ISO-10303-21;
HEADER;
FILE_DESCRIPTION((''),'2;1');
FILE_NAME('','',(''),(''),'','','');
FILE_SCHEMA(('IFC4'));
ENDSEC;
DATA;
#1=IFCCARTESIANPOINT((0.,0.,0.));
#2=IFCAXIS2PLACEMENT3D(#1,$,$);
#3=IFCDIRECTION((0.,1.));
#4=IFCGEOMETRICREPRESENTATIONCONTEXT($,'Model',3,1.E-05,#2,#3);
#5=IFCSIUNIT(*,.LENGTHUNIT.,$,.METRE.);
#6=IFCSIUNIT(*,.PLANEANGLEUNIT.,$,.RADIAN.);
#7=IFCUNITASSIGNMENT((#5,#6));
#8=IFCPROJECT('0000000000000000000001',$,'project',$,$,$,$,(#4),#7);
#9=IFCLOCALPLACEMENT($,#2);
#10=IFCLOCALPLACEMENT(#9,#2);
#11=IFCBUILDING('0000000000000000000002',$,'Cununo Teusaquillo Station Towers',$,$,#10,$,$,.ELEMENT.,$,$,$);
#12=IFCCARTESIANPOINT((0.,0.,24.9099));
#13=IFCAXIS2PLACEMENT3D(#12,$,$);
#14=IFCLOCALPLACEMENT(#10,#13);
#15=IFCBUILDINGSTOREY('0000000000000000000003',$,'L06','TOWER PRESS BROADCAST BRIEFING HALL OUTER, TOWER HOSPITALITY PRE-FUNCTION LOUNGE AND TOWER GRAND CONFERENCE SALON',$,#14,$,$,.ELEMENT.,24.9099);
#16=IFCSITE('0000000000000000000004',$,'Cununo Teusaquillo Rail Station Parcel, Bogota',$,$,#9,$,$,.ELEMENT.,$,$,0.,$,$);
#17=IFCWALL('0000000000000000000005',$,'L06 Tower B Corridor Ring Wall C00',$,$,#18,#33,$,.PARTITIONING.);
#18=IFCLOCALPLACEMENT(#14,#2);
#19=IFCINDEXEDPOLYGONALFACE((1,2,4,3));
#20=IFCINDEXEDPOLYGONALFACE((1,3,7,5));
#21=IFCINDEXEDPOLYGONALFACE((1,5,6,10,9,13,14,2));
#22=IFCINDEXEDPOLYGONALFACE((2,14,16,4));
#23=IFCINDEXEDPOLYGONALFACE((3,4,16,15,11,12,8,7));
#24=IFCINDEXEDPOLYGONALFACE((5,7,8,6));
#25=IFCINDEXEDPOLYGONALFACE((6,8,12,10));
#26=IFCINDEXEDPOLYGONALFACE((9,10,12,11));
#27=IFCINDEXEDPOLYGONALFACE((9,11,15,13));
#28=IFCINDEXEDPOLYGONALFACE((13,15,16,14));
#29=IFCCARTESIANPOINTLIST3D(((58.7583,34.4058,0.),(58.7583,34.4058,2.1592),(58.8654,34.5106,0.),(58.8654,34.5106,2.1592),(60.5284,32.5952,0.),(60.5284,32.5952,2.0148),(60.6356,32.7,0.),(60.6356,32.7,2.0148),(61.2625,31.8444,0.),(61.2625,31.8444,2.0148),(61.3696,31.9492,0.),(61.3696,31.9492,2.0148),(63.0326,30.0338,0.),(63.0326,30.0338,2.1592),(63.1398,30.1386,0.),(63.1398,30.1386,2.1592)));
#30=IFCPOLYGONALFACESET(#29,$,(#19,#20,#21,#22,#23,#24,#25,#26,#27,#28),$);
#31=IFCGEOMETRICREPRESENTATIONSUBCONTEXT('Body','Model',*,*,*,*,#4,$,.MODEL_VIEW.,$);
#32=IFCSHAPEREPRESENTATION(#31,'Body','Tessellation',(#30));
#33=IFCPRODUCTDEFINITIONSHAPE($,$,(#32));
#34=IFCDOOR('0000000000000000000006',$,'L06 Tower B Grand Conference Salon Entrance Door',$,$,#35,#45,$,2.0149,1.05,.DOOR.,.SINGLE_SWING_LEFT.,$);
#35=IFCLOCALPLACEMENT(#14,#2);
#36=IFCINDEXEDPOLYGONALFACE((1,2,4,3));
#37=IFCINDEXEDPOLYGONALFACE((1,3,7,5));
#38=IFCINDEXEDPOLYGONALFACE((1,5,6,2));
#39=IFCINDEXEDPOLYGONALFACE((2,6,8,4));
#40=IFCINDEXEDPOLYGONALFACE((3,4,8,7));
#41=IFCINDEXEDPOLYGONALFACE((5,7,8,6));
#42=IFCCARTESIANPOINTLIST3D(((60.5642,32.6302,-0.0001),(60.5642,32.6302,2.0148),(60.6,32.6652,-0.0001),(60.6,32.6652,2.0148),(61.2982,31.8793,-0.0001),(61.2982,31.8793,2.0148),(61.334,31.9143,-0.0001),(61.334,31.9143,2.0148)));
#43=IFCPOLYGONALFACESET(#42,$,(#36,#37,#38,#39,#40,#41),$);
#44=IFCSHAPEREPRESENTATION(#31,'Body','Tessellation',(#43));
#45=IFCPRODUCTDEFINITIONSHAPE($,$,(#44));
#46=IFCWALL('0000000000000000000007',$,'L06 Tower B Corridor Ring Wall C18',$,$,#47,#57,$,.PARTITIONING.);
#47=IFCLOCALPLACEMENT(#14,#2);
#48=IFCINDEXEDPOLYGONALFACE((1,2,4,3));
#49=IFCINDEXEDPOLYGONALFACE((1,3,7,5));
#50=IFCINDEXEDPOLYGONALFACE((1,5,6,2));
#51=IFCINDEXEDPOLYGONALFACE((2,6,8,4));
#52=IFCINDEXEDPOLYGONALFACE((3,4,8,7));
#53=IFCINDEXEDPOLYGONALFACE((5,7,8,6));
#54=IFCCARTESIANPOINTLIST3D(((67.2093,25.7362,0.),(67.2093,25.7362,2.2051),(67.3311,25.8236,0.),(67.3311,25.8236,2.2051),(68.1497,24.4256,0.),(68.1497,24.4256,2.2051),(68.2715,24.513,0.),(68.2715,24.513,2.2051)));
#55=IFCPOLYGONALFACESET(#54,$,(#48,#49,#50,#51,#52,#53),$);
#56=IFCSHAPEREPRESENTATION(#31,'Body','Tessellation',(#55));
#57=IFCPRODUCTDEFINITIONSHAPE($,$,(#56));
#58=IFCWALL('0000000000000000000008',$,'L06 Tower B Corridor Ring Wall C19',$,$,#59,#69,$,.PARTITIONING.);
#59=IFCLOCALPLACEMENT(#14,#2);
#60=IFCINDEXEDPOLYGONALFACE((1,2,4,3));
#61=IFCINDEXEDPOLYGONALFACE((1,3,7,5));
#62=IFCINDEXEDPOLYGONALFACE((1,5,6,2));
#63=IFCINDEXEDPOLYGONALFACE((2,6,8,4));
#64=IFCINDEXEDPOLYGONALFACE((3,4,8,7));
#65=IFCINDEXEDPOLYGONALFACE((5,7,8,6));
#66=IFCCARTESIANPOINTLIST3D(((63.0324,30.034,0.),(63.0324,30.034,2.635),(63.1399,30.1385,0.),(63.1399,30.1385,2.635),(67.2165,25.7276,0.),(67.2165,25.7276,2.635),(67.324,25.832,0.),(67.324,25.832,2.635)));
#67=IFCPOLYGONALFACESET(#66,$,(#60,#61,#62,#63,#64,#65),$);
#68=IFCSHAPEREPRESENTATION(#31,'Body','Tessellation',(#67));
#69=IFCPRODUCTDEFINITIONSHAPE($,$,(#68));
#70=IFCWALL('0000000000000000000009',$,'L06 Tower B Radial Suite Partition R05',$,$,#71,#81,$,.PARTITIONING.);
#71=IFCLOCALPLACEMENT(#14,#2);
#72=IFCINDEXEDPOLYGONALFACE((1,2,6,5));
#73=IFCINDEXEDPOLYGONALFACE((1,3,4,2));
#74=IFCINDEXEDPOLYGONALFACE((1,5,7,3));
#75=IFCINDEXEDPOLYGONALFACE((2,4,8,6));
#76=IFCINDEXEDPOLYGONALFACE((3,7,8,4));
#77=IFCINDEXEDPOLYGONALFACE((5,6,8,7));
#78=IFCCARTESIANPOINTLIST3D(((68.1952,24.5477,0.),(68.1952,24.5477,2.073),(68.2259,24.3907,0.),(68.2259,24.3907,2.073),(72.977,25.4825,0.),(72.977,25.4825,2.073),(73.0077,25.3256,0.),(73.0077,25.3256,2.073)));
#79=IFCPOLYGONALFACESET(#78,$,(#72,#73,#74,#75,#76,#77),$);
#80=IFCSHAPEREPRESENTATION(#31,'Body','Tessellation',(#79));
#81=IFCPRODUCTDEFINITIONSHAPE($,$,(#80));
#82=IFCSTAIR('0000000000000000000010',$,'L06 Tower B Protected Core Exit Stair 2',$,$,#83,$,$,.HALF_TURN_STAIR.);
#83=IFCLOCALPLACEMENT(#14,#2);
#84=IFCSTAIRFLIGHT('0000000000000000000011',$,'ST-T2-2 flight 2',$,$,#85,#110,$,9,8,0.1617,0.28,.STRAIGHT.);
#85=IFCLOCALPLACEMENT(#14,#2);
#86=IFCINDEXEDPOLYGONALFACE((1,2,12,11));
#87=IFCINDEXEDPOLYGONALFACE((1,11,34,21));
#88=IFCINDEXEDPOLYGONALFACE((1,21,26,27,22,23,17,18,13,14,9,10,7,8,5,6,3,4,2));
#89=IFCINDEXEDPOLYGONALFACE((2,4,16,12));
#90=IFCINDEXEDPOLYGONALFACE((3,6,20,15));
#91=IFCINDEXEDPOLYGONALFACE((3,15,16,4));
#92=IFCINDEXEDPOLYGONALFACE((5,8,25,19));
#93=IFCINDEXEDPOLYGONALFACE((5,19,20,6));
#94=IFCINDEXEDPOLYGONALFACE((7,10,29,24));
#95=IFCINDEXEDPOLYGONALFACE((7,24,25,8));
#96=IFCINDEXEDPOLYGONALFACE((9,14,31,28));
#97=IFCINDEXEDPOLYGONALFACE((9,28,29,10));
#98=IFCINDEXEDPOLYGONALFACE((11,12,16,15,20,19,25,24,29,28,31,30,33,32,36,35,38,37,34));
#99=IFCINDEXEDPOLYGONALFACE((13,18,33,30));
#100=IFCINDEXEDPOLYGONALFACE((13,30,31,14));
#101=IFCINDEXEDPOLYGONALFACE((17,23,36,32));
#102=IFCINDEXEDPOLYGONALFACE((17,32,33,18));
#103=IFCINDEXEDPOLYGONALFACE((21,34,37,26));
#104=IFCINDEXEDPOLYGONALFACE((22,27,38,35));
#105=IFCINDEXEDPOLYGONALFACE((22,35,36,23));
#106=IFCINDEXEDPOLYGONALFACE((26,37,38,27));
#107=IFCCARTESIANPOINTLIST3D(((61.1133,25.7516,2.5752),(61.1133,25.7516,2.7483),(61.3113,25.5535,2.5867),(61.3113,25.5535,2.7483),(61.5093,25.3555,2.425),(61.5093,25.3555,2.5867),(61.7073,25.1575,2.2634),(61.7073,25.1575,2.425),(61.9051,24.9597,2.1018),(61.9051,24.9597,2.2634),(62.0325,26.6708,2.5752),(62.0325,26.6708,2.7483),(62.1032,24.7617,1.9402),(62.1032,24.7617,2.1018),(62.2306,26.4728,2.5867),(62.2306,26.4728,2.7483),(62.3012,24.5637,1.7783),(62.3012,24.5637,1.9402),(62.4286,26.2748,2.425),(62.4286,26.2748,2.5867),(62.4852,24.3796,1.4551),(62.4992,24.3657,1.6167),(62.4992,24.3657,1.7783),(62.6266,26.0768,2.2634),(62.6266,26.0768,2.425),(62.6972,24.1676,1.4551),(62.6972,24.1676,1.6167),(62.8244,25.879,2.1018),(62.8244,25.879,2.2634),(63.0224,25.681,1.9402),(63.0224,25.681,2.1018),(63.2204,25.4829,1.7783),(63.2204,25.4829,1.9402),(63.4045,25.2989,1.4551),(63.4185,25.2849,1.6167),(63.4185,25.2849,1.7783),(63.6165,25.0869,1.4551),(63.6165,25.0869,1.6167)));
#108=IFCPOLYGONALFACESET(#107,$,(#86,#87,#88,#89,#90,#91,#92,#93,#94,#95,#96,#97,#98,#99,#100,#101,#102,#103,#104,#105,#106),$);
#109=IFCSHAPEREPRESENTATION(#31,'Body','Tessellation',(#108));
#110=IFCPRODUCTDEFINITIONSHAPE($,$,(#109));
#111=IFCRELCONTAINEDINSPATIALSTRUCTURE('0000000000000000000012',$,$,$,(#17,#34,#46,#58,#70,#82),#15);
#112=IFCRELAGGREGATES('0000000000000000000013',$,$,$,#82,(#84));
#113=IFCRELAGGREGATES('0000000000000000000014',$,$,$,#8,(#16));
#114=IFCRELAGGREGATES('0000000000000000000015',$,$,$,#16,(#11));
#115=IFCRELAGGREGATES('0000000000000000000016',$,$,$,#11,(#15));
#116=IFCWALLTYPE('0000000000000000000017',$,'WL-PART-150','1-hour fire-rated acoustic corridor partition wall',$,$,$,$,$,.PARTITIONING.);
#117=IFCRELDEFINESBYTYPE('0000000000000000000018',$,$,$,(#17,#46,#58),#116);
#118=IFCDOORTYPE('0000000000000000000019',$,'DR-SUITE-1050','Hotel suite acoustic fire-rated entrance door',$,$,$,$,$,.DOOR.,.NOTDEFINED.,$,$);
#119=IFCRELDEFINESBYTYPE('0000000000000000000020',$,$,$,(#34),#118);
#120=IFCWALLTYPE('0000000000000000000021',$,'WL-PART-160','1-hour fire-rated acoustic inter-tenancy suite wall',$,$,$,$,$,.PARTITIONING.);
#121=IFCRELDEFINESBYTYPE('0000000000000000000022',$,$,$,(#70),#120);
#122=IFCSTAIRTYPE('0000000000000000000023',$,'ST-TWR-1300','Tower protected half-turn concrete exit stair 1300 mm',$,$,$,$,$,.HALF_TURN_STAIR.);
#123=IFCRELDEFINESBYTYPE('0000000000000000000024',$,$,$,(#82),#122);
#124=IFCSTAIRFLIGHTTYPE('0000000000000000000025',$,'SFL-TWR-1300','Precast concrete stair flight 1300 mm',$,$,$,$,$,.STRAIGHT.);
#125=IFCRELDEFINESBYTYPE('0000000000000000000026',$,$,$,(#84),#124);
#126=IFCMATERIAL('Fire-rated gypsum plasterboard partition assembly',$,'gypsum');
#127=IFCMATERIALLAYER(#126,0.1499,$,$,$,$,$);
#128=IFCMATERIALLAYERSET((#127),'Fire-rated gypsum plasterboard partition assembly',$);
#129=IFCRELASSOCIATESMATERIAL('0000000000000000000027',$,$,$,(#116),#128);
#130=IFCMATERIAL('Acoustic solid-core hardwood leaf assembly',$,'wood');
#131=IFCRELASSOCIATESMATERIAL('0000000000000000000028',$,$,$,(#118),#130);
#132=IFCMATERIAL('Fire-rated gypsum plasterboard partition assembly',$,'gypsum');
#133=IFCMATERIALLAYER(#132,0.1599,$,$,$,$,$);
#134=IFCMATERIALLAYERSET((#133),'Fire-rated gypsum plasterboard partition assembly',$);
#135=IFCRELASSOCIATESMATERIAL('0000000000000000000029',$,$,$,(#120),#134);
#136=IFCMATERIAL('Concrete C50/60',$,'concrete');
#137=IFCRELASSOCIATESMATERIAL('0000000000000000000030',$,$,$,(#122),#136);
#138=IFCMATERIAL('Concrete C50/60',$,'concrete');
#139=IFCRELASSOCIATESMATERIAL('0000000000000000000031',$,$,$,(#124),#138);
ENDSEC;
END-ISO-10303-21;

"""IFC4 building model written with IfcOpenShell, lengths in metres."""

from ifc_helpers import new_model, si_unit, direction, frame, frame_2d, origin, place, context, subcontext, project, spatial, polyline, rectangle, outline, extrude, source, transform, mapped, material, layer, layer_set, type_object, element, fill, aggregate, save


model = new_model("IFC4")

# Units and contexts
model_context = context("Model", 3, precision=1e-05, world=origin(), true_north=direction((0.0, 1.0)))
body_context = subcontext(model_context, "Body", "Model", "MODEL_VIEW")
ifc_project = project(units=[si_unit("LENGTHUNIT", "METRE"), si_unit("PLANEANGLEUNIT", "RADIAN")], contexts=[model_context])

# Site, building, storey
site_placement = place(None, origin())
site = spatial("IfcSite", under=ifc_project, at=site_placement, Name="Cununo Teusaquillo Rail Station Parcel, Bogota", CompositionType="ELEMENT", RefElevation=0.0)
building_placement = place(site_placement, origin())
building = spatial("IfcBuilding", under=site, at=building_placement, Name="Cununo Teusaquillo Station Towers", CompositionType="ELEMENT")
storey_placement = place(building_placement, frame((0.0, 0.0, 24.9099)))
storey = spatial("IfcBuildingStorey", under=building, at=storey_placement, Name="L06", Description="TOWER PRESS BROADCAST BRIEFING HALL OUTER, TOWER HOSPITALITY PRE-FUNCTION LOUNGE AND TOWER GRAND CONFERENCE SALON", CompositionType="ELEMENT", Elevation=24.9099)

# Wall, opening, door
ifc_material_1 = material(Name="Fire-rated gypsum plasterboard partition assembly", Category="gypsum")
ifc_layer_1 = layer(ifc_material_1, 0.1499)
ifc_layer_set_1 = layer_set([ifc_layer_1], Name="Fire-rated gypsum plasterboard partition assembly")
wall_type_1 = type_object("IfcWallType", Name="WL-PART-150", Description="1-hour fire-rated acoustic corridor partition wall", PredefinedType="PARTITIONING", material=ifc_layer_set_1)
wall_1_placement = place(storey_placement, frame((63.0862, 30.0862, 0.0), z_axis=(0.0, 0.0, 1.0), x_axis=(-0.699076, 0.715047, 0.0)))
wall_1 = element("IfcWall", 1, at=wall_1_placement, inside=storey, type_object=wall_type_1, Name="L06 Tower B Corridor Ring Wall C00", PredefinedType="PARTITIONING", context=body_context, shape_type="SweptSolid", body=[
    extrude(rectangle(XDim=6.1143, YDim=0.1499, at=frame_2d((3.0571, 0.0))), origin(), (0.0, 0.0, 1.0), 2.1592),
])
shared_shape_1 = source(origin(), body_context, "Body", "SweptSolid", [
    extrude(rectangle(XDim=1.05, YDim=2.0149, at=frame_2d((0.5249, 1.0073))), frame((0.0, 0.085, 0.0), z_axis=(0.0, -1.0, 0.0), x_axis=(1.0, 0.0, 0.0)), (0.0, 0.0, 1.0), 0.1699),
])
opening_1_placement = place(wall_1_placement, frame((2.5322, 0.0, 0.0)))
opening_1 = element("IfcOpeningElement", 2, at=opening_1_placement, cuts=wall_1, PredefinedType="OPENING", context=body_context, shape_type="MappedRepresentation", body=[
    mapped(shared_shape_1, transform((0.0, 0.0, 0.0), x_axis=(1.0, 0.0, 0.0), y_axis=(0.0, 1.0, 0.0), z_axis=(0.0, 0.0, 1.0), scale=1.0)),
])
ifc_material_2 = material(Name="Acoustic solid-core hardwood leaf assembly", Category="wood")
door_type_1 = type_object("IfcDoorType", Name="DR-SUITE-1050", Description="Hotel suite acoustic fire-rated entrance door", OperationType="NOTDEFINED", PredefinedType="DOOR", material=ifc_material_2)
shared_shape_2 = source(origin(), body_context, "Body", "SweptSolid", [
    extrude(rectangle(XDim=1.05, YDim=2.0149, at=frame_2d((0.5249, 1.0073))), frame((0.0, 0.0249, 0.0), z_axis=(0.0, -1.0, 0.0), x_axis=(1.0, 0.0, 0.0)), (0.0, 0.0, 1.0), 0.05),
])
door_1_placement = place(opening_1_placement, origin())
door_1 = element("IfcDoor", 3, at=door_1_placement, inside=storey, type_object=door_type_1, Name="L06 Tower B Grand Conference Salon Entrance Door", OperationType="SINGLE_SWING_LEFT", OverallHeight=2.0149, OverallWidth=1.05, PredefinedType="DOOR", context=body_context, shape_type="MappedRepresentation", body=[
    mapped(shared_shape_2, transform((0.0, 0.0, 0.0), x_axis=(1.0, 0.0, 0.0), y_axis=(0.0, 1.0, 0.0), z_axis=(0.0, 0.0, 1.0), scale=1.0)),
])
fill(opening_1, door_1)

# Walls
wall_2_placement = place(storey_placement, frame((68.2107, 24.4692, 0.0), z_axis=(0.0, 0.0, 1.0), x_axis=(-0.583012, 0.812463, 0.0)))
element("IfcWall", 4, at=wall_2_placement, inside=storey, type_object=wall_type_1, Name="L06 Tower B Corridor Ring Wall C18", PredefinedType="PARTITIONING", context=body_context, shape_type="SweptSolid", body=[
    extrude(rectangle(XDim=1.613, YDim=0.1499, at=frame_2d((0.8066, 0.0))), origin(), (0.0, 0.0, 1.0), 2.2051),
])
wall_3_placement = place(storey_placement, frame((67.2703, 25.7798, 0.0), z_axis=(0.0, 0.0, 1.0), x_axis=(-0.696848, 0.717219, 0.0)))
element("IfcWall", 5, at=wall_3_placement, inside=storey, type_object=wall_type_1, Name="L06 Tower B Corridor Ring Wall C19", PredefinedType="PARTITIONING", context=body_context, shape_type="SweptSolid", body=[
    extrude(rectangle(XDim=6.0044, YDim=0.1499, at=frame_2d((3.0022, 0.0))), origin(), (0.0, 0.0, 1.0), 2.635),
])
ifc_material_3 = material(Name="Fire-rated gypsum plasterboard partition assembly", Category="gypsum")
ifc_layer_2 = layer(ifc_material_3, 0.1599)
ifc_layer_set_2 = layer_set([ifc_layer_2], Name="Fire-rated gypsum plasterboard partition assembly")
wall_type_2 = type_object("IfcWallType", Name="WL-PART-160", Description="1-hour fire-rated acoustic inter-tenancy suite wall", PredefinedType="PARTITIONING", material=ifc_layer_set_2)
wall_4_placement = place(storey_placement, frame((68.2107, 24.4692, 0.0), z_axis=(0.0, 0.0, 1.0), x_axis=(0.981421, 0.191865, 0.0)))
element("IfcWall", 6, at=wall_4_placement, inside=storey, type_object=wall_type_2, Name="L06 Tower B Radial Suite Partition R05", PredefinedType="PARTITIONING", context=body_context, shape_type="SweptSolid", body=[
    extrude(rectangle(XDim=4.8723, YDim=0.1599, at=frame_2d((2.436, 0.0))), origin(), (0.0, 0.0, 1.0), 2.073),
])

# Stair, stair flight
ifc_material_4 = material(Name="Concrete C50/60", Category="concrete")
stair_type = type_object("IfcStairType", Name="ST-TWR-1300", Description="Tower protected half-turn concrete exit stair 1300 mm", PredefinedType="HALF_TURN_STAIR", material=ifc_material_4)
stair_placement = place(storey_placement, origin())
stair = element("IfcStair", 7, at=stair_placement, inside=storey, type_object=stair_type, Name="L06 Tower B Protected Core Exit Stair 2", PredefinedType="HALF_TURN_STAIR")
ifc_material_5 = material(Name="Concrete C50/60", Category="concrete")
stair_flight_type = type_object("IfcStairFlightType", Name="SFL-TWR-1300", Description="Precast concrete stair flight 1300 mm", PredefinedType="STRAIGHT", material=ifc_material_5)
stair_flight_placement = place(storey_placement, frame((63.1567, 24.6272, 1.4551), z_axis=(0.0, 0.0, 1.0), x_axis=(-0.707107, 0.707107, 0.0)))
stair_flight = element("IfcStairFlight", 8, at=stair_flight_placement, type_object=stair_flight_type, Name="ST-T2-2 flight 2", NumberOfRisers=9, NumberOfTreads=8, PredefinedType="STRAIGHT", RiserHeight=0.1617, TreadLength=0.28, context=body_context, shape_type="SweptSolid", body=[
    extrude(outline(polyline([(0.0, 0.0), (0.0, 0.1616), (0.28, 0.1616), (0.28, 0.3232), (0.5601, 0.3232), (0.5601, 0.4851), (0.8401, 0.4851), (0.8401, 0.6467), (1.1201, 0.6467), (1.1201, 0.8083), (1.3999, 0.8083), (1.3999, 0.97), (1.6799, 0.97), (1.6799, 1.1316), (1.96, 1.1316), (1.96, 1.2932), (2.24, 1.2932), (2.24, 1.4551), (2.24, 1.1201), (0.2998, 0.0), (0.0, 0.0)])), frame((0.0, 0.6499, 0.0), z_axis=(0.0, -1.0, 0.0), x_axis=(1.0, 0.0, 0.0)), (0.0, 0.0, 1.0), 1.3),
])
aggregate(stair, [stair_flight])

save(model, "model.ifc")
